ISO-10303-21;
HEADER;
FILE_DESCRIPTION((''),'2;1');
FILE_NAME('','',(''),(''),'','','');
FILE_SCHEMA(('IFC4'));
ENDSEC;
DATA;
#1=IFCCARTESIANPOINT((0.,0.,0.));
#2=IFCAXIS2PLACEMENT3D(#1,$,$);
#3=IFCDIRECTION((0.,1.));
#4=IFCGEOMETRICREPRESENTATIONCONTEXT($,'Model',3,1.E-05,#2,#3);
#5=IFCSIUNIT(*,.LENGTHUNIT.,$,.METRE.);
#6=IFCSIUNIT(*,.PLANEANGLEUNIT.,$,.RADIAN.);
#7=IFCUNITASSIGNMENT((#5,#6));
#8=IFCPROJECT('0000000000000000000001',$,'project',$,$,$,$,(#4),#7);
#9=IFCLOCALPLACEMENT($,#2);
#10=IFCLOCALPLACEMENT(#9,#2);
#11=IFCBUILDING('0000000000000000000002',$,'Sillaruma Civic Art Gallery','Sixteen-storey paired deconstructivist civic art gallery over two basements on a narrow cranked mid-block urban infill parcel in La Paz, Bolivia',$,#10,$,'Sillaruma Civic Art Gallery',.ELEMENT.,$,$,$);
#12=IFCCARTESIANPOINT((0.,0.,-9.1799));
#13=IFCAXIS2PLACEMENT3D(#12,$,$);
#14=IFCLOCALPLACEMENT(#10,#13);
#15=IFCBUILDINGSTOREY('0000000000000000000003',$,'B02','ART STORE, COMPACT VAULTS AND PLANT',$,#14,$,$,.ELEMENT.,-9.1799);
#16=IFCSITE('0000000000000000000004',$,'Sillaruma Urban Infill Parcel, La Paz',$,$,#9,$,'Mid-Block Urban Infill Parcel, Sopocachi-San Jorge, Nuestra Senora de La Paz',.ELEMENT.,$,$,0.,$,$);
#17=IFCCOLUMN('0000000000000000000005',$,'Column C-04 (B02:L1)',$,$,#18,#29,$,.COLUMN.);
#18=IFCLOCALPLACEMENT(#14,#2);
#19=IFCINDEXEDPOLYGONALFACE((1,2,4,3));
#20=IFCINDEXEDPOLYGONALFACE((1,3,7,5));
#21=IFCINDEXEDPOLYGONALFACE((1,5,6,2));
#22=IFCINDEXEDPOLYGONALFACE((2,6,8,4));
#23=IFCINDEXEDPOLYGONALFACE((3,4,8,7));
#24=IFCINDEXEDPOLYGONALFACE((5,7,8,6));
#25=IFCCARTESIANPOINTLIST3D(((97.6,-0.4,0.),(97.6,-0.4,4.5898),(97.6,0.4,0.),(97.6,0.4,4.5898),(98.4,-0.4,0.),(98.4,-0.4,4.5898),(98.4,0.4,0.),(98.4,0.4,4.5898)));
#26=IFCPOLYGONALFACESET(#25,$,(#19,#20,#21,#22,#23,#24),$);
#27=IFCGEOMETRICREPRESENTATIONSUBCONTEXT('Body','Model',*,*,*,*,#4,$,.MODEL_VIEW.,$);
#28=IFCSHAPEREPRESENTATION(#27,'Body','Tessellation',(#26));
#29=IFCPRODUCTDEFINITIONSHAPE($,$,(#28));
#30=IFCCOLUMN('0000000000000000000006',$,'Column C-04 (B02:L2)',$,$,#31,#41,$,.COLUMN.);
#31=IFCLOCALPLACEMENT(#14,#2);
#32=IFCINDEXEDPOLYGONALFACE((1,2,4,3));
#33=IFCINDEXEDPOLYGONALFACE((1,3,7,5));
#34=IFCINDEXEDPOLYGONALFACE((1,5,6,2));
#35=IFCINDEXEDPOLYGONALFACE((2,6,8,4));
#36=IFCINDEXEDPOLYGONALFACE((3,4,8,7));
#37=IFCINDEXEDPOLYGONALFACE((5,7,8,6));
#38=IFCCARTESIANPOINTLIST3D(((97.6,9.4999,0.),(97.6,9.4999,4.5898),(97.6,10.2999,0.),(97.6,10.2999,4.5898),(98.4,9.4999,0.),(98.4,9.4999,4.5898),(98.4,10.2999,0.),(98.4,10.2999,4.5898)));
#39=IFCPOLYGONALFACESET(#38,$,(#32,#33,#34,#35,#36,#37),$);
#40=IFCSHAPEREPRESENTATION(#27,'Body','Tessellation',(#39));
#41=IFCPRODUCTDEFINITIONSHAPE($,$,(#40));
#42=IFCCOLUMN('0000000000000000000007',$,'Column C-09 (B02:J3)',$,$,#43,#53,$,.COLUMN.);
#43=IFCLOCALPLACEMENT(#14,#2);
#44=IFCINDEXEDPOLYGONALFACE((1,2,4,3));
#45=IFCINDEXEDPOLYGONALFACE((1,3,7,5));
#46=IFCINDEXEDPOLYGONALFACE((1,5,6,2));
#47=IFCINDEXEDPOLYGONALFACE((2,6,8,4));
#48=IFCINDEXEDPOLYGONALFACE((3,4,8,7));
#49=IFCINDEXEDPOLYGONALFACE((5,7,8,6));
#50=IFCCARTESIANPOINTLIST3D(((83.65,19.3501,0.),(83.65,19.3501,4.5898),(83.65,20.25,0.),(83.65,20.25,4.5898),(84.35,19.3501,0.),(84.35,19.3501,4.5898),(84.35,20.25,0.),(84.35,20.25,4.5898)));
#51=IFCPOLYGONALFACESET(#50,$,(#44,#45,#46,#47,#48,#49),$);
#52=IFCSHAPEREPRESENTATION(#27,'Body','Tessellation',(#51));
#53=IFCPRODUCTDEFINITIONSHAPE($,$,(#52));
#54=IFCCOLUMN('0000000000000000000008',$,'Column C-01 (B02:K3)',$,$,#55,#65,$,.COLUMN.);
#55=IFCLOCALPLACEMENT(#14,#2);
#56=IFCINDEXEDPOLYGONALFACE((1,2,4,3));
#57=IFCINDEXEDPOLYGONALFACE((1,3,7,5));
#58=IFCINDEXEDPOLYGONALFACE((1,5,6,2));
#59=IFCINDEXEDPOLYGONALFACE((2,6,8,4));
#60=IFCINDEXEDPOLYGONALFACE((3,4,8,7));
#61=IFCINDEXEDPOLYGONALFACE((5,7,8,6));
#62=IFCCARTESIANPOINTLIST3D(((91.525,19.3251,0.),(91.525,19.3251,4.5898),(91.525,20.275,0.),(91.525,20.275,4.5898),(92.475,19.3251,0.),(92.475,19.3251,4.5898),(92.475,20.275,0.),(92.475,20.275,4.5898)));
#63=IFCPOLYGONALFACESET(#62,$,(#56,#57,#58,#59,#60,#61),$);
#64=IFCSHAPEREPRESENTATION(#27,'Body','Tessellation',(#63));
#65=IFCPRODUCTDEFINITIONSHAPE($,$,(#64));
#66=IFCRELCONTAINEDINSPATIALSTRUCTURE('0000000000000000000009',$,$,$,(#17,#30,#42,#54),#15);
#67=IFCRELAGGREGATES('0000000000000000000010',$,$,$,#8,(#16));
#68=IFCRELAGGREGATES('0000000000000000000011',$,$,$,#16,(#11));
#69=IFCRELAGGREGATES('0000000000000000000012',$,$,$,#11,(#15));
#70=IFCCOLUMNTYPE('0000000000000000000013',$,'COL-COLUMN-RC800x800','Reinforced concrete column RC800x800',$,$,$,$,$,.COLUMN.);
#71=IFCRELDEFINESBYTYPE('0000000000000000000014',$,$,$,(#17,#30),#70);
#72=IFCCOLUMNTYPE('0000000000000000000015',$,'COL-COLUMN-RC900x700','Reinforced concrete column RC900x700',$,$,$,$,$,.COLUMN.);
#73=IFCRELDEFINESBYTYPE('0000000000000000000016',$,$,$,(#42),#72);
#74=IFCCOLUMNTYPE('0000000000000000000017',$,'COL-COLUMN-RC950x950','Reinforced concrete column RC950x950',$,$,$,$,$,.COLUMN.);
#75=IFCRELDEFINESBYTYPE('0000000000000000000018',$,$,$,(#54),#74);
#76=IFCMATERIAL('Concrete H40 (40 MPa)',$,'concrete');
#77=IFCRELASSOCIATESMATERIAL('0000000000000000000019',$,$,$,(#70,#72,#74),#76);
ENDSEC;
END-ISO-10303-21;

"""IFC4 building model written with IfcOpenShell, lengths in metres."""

from ifc_helpers import new_model, si_unit, direction, frame, origin, origin_2d, place, context, subcontext, project, spatial, rectangle, extrude, material, material_profile, profile_set, type_object, element, save


model = new_model("IFC4")

# Units and contexts
model_context = context("Model", 3, precision=1e-05, world=origin(), true_north=direction((0.0, 1.0)))
body_context = subcontext(model_context, "Body", "Model", "MODEL_VIEW")
ifc_project = project(units=[si_unit("LENGTHUNIT", "METRE"), si_unit("PLANEANGLEUNIT", "RADIAN")], contexts=[model_context])

# Site, building, storey
site_placement = place(None, origin())
site = spatial("IfcSite", under=ifc_project, at=site_placement, Name="Sillaruma Urban Infill Parcel, La Paz", LongName="Mid-Block Urban Infill Parcel, Sopocachi-San Jorge, Nuestra Senora de La Paz", CompositionType="ELEMENT", RefElevation=0.0)
building_placement = place(site_placement, origin())
building = spatial("IfcBuilding", under=site, at=building_placement, Name="Sillaruma Civic Art Gallery", Description="Sixteen-storey paired deconstructivist civic art gallery over two basements on a narrow cranked mid-block urban infill parcel in La Paz, Bolivia", LongName="Sillaruma Civic Art Gallery", CompositionType="ELEMENT")
storey_placement = place(building_placement, frame((0.0, 0.0, -9.1799)))
storey = spatial("IfcBuildingStorey", under=building, at=storey_placement, Name="B02", Description="ART STORE, COMPACT VAULTS AND PLANT", CompositionType="ELEMENT", Elevation=-9.1799)

# Columns
ifc_material_1 = material(Name="Concrete H40 (40 MPa)", Category="concrete")
ifc_material_profile_1 = material_profile(ifc_material_1, rectangle(XDim=0.8, YDim=0.8, at=origin_2d()), Name="RC800x800")
ifc_profile_set_1 = profile_set([ifc_material_profile_1], Name="Concrete H40 (40 MPa)")
column_type_1 = type_object("IfcColumnType", Name="COL-COLUMN-RC800x800", Description="Reinforced concrete column RC800x800", PredefinedType="COLUMN", material=ifc_profile_set_1)
for number, where, z_axis, x_axis, name in (
    (1, (98.0, 0.0, 0.0), (0.0, 0.0, 1.0), (1.0, 0.0, 0.0), "Column C-04 (B02:L1)"),
    (2, (98.0, 9.8999, 0.0), (0.0, 0.0, 1.0), (1.0, 0.0, 0.0), "Column C-04 (B02:L2)"),
):
    element("IfcColumn", number, at=place(storey_placement, frame(where, z_axis=z_axis, x_axis=x_axis)), inside=storey, type_object=column_type_1, Name=name, PredefinedType="COLUMN", context=body_context, shape_type="SweptSolid", body=[
        extrude(rectangle(XDim=0.8, YDim=0.8, at=origin_2d()), origin(), (0.0, 0.0, 1.0), 4.5898),
    ])
ifc_material_profile_2 = material_profile(ifc_material_1, rectangle(XDim=0.7, YDim=0.8999, at=origin_2d()), Name="RC900x700")
ifc_profile_set_2 = profile_set([ifc_material_profile_2], Name="Concrete H40 (40 MPa)")
column_type_2 = type_object("IfcColumnType", Name="COL-COLUMN-RC900x700", Description="Reinforced concrete column RC900x700", PredefinedType="COLUMN", material=ifc_profile_set_2)
column_1_placement = place(storey_placement, frame((84.0, 19.8, 0.0), z_axis=(0.0, 0.0, 1.0), x_axis=(1.0, 0.0, 0.0)))
element("IfcColumn", 3, at=column_1_placement, inside=storey, type_object=column_type_2, Name="Column C-09 (B02:J3)", PredefinedType="COLUMN", context=body_context, shape_type="SweptSolid", body=[
    extrude(rectangle(XDim=0.7, YDim=0.8999, at=origin_2d()), origin(), (0.0, 0.0, 1.0), 4.5898),
])
ifc_material_profile_3 = material_profile(ifc_material_1, rectangle(XDim=0.95, YDim=0.95, at=origin_2d()), Name="RC950x950")
ifc_profile_set_3 = profile_set([ifc_material_profile_3], Name="Concrete H40 (40 MPa)")
column_type_3 = type_object("IfcColumnType", Name="COL-COLUMN-RC950x950", Description="Reinforced concrete column RC950x950", PredefinedType="COLUMN", material=ifc_profile_set_3)
column_2_placement = place(storey_placement, frame((92.0, 19.8, 0.0), z_axis=(0.0, 0.0, 1.0), x_axis=(1.0, 0.0, 0.0)))
element("IfcColumn", 4, at=column_2_placement, inside=storey, type_object=column_type_3, Name="Column C-01 (B02:K3)", PredefinedType="COLUMN", context=body_context, shape_type="SweptSolid", body=[
    extrude(rectangle(XDim=0.95, YDim=0.95, at=origin_2d()), origin(), (0.0, 0.0, 1.0), 4.5898),
])

save(model, "model.ifc")
